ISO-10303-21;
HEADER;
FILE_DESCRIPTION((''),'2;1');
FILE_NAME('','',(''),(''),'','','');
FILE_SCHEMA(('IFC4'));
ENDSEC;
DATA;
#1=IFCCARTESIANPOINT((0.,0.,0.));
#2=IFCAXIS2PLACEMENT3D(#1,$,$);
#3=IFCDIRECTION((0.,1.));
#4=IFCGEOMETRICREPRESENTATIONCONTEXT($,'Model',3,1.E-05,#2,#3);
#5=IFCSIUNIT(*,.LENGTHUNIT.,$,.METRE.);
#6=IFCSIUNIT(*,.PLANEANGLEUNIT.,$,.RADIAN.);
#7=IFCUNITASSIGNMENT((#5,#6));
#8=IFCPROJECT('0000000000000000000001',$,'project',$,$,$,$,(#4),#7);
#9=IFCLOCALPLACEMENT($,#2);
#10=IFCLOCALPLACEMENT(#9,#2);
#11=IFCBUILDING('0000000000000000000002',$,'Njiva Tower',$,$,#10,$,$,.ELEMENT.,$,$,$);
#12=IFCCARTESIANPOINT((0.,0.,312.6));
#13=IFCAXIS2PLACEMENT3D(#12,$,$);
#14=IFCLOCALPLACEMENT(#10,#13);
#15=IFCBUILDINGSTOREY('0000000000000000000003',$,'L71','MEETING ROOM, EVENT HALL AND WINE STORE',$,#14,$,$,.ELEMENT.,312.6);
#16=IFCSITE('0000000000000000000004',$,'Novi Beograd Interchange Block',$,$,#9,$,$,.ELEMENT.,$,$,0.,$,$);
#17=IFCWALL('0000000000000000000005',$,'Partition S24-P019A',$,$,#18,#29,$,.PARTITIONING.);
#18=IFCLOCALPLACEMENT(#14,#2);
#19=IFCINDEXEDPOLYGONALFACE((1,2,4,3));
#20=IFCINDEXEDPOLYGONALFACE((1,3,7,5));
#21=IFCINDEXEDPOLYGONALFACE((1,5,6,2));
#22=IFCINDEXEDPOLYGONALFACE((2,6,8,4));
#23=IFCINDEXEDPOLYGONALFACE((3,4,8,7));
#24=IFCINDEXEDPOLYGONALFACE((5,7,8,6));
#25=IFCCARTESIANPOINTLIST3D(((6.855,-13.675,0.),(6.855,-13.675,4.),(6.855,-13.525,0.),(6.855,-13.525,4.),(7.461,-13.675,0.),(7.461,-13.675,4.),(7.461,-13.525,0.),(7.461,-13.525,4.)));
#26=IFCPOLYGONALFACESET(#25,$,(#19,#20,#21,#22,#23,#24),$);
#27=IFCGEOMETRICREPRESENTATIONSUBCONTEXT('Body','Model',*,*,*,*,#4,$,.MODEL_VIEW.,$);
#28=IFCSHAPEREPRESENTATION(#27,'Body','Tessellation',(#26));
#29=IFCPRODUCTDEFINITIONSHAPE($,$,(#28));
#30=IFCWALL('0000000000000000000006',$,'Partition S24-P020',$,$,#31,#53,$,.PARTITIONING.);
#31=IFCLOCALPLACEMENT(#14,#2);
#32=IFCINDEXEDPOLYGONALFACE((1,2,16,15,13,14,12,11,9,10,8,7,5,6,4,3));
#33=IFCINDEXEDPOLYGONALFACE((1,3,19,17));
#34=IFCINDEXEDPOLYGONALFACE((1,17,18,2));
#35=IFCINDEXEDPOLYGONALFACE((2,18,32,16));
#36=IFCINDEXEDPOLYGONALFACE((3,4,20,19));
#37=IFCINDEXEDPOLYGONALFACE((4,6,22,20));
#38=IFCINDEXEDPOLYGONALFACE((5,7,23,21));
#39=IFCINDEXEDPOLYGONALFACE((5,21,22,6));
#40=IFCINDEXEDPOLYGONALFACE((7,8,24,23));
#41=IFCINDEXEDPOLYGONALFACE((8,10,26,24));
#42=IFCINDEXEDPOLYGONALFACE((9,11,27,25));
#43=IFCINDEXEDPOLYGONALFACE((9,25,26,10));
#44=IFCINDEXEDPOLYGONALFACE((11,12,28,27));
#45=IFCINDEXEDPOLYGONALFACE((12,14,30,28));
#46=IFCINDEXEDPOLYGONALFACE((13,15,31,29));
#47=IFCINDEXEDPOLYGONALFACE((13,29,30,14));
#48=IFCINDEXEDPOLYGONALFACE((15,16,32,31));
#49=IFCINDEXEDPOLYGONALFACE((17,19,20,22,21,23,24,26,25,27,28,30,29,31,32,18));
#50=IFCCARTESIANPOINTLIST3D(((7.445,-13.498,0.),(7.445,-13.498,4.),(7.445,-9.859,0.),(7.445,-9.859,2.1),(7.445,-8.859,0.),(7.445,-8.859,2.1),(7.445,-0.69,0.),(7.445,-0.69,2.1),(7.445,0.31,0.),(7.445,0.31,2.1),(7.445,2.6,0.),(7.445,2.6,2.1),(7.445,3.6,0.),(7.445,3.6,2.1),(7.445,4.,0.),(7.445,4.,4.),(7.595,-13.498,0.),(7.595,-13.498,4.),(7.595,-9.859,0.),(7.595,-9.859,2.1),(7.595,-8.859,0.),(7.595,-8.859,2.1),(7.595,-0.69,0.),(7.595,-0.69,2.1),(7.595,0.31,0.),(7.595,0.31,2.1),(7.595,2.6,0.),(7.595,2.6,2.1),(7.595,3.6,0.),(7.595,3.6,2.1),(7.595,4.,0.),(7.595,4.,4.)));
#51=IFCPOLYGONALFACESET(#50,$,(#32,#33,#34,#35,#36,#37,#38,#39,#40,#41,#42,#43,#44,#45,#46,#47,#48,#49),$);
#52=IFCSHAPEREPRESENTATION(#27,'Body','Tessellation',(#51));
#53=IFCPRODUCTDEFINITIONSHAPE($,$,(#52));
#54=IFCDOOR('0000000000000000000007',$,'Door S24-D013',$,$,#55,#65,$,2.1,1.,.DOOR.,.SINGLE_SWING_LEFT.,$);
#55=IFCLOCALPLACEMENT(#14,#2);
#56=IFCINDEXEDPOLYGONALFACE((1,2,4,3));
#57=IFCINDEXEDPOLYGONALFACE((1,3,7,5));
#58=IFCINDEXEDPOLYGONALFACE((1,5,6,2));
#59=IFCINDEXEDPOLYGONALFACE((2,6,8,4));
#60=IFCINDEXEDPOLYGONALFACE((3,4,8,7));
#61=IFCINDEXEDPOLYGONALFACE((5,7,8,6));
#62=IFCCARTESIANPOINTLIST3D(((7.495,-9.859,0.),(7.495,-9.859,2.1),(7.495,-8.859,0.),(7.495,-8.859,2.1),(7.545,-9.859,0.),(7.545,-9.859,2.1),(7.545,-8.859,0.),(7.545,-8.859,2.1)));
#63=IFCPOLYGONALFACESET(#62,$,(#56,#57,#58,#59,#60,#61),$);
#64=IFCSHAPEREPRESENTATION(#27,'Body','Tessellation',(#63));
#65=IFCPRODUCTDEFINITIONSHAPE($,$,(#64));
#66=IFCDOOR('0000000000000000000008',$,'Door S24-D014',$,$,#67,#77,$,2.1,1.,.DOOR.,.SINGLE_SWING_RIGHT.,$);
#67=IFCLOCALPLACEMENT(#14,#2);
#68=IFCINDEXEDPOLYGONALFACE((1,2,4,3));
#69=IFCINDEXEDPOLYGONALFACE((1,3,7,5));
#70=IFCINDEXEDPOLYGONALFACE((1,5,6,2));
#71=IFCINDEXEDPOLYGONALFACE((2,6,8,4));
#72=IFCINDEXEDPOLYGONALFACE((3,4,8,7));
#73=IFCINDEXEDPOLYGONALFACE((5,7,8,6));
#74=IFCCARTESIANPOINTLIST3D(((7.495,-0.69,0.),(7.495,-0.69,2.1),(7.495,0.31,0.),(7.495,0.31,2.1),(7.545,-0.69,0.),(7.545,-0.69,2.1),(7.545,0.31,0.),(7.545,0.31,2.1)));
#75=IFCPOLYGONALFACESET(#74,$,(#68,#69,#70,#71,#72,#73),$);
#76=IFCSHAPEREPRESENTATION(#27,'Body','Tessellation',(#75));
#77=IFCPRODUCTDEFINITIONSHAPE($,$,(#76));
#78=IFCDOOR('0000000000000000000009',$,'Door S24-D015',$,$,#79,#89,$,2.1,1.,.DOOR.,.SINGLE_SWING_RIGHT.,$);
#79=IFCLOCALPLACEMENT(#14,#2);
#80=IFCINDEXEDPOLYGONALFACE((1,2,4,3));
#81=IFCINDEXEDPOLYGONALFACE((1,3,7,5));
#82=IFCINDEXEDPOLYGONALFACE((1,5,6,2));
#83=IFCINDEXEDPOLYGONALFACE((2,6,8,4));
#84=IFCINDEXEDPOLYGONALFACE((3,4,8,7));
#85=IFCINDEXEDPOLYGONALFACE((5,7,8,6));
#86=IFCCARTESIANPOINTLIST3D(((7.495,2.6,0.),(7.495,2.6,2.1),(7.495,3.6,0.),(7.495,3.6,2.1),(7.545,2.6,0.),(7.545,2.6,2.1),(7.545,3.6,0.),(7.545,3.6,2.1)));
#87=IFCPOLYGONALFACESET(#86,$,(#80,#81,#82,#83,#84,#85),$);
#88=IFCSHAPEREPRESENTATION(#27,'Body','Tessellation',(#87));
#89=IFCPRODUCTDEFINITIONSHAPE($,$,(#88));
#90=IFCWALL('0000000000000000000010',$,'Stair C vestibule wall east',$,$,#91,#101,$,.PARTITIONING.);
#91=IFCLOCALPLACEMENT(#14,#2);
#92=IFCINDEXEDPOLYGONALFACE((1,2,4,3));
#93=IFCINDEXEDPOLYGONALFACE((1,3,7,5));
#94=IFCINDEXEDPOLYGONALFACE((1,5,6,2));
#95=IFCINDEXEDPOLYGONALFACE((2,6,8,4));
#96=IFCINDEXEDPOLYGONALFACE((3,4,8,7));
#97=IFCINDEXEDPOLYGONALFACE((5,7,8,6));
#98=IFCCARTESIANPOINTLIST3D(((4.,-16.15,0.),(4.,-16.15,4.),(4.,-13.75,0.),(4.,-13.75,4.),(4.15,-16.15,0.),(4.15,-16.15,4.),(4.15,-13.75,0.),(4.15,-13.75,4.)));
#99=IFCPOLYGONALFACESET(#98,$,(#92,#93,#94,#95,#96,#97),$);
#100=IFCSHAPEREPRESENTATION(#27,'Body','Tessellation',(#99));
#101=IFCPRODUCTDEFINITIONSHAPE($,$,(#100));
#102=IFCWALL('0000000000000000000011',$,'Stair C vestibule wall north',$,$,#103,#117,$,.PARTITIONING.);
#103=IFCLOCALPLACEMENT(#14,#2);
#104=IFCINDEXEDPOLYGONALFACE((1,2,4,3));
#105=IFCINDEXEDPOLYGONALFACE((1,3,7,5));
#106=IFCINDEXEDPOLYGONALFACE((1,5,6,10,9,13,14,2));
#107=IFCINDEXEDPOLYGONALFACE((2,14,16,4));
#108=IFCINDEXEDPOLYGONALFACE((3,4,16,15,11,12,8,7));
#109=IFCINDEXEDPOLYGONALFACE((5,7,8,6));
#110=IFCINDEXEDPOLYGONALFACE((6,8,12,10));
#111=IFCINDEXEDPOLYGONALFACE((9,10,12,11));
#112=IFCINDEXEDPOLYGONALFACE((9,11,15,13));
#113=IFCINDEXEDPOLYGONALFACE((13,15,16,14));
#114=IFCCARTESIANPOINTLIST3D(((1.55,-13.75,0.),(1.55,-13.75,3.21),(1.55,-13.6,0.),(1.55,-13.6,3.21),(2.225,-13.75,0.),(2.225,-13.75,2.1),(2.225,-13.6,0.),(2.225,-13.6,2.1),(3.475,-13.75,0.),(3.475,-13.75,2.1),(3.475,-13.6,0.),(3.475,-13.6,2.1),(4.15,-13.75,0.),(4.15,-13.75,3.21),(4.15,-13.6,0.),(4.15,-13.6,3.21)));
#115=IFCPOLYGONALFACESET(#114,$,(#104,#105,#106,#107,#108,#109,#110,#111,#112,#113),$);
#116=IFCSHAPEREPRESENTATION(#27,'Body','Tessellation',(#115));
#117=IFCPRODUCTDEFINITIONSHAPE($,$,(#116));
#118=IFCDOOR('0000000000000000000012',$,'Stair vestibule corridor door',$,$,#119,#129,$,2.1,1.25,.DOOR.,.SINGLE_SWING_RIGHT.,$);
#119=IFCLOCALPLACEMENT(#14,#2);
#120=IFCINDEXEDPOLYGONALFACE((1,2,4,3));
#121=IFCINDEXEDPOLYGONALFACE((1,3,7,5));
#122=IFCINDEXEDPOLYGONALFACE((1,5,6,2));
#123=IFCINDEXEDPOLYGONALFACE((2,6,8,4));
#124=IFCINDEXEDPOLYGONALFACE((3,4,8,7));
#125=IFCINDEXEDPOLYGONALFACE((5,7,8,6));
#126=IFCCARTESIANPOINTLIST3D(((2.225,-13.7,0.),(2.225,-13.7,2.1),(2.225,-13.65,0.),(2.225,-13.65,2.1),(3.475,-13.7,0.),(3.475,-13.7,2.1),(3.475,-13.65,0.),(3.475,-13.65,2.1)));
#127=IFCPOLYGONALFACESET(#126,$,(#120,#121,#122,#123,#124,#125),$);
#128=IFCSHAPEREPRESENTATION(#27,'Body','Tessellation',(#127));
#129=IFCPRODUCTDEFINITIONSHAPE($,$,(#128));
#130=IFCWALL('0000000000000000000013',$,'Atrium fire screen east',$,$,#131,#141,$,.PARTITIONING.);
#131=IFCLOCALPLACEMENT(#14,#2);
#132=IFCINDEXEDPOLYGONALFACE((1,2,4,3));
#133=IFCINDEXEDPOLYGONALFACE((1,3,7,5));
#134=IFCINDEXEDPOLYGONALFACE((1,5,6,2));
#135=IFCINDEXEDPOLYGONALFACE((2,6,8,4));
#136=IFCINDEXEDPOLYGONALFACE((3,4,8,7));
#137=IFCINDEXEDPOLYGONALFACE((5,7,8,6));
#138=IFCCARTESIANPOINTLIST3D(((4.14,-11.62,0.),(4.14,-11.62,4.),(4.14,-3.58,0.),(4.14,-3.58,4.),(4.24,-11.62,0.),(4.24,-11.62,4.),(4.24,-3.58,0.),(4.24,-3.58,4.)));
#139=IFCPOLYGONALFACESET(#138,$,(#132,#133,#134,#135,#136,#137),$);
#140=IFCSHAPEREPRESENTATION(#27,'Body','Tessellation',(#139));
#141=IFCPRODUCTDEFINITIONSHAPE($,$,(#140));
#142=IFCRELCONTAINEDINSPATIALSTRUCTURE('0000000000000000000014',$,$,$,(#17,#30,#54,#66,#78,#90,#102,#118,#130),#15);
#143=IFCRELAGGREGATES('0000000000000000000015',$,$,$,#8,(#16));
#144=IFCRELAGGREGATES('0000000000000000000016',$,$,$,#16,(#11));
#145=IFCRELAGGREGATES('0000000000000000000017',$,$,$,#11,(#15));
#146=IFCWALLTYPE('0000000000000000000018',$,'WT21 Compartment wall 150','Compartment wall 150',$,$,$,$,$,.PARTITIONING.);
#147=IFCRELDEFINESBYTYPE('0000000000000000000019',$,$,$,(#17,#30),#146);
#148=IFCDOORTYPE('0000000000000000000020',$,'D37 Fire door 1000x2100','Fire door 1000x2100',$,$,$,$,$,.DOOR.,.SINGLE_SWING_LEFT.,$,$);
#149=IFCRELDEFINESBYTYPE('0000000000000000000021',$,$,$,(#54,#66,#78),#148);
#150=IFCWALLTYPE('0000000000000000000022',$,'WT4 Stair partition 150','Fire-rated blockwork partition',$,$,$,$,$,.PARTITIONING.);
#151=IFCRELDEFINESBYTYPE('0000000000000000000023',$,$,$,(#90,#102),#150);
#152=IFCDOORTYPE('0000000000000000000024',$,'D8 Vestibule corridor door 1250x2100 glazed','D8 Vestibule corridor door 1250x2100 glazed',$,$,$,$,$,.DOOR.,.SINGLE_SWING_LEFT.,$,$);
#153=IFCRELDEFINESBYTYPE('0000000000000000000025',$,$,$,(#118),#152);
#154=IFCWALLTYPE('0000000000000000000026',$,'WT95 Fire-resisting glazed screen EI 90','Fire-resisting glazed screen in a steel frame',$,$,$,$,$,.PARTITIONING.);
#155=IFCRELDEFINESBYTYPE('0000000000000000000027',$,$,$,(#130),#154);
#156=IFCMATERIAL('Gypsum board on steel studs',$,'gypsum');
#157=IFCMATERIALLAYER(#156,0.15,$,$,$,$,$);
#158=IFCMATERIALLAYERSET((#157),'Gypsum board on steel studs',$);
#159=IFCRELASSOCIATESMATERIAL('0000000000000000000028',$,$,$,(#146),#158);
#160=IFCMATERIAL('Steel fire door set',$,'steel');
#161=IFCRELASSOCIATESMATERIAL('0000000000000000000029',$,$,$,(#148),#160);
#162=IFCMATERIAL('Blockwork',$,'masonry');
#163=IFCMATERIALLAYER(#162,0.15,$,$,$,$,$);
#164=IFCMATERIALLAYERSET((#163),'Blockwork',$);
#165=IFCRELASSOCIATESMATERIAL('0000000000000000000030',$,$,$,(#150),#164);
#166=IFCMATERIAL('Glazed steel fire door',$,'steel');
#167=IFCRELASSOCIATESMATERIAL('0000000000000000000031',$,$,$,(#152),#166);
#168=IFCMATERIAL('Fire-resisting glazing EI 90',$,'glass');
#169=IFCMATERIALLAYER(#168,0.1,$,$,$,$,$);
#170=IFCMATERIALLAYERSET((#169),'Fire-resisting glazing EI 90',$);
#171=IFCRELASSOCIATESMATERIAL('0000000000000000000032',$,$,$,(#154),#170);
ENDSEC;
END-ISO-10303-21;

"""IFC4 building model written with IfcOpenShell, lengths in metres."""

from ifc_helpers import new_model, si_unit, direction, frame, frame_2d, origin, place, context, subcontext, project, spatial, rectangle, extrude, material, layer, layer_set, type_object, element, fill, save


model = new_model("IFC4")

# Units and contexts
model_context = context("Model", 3, precision=1e-05, world=origin(), true_north=direction((0.0, 1.0)))
body_context = subcontext(model_context, "Body", "Model", "MODEL_VIEW")
ifc_project = project(units=[si_unit("LENGTHUNIT", "METRE"), si_unit("PLANEANGLEUNIT", "RADIAN")], contexts=[model_context])

# Site, building, storey
site_placement = place(None, origin())
site = spatial("IfcSite", under=ifc_project, at=site_placement, Name="Novi Beograd Interchange Block", CompositionType="ELEMENT", RefElevation=0.0)
building_placement = place(site_placement, origin())
building = spatial("IfcBuilding", under=site, at=building_placement, Name="Njiva Tower", CompositionType="ELEMENT")
storey_placement = place(building_placement, frame((0.0, 0.0, 312.6)))
storey = spatial("IfcBuildingStorey", under=building, at=storey_placement, Name="L71", Description="MEETING ROOM, EVENT HALL AND WINE STORE", CompositionType="ELEMENT", Elevation=312.6)

# Shared definitions
ifc_material_1 = material(Name="Gypsum board on steel studs", Category="gypsum")
ifc_layer_1 = layer(ifc_material_1, 0.15)
ifc_layer_set_1 = layer_set([ifc_layer_1], Name="Gypsum board on steel studs")
wall_type_1 = type_object("IfcWallType", Name="WT21 Compartment wall 150", Description="Compartment wall 150", PredefinedType="PARTITIONING", material=ifc_layer_set_1)
ifc_material_2 = material(Name="Steel fire door set", Category="steel")
door_type_1 = type_object("IfcDoorType", Name="D37 Fire door 1000x2100", Description="Fire door 1000x2100", OperationType="SINGLE_SWING_LEFT", PredefinedType="DOOR", material=ifc_material_2)

# Wall
wall_1_placement = place(storey_placement, frame((6.855, -13.6, 0.0), z_axis=(0.0, 0.0, 1.0), x_axis=(1.0, 0.0, 0.0)))
element("IfcWall", 1, at=wall_1_placement, inside=storey, type_object=wall_type_1, Name="Partition S24-P019A", PredefinedType="PARTITIONING", context=body_context, shape_type="SweptSolid", body=[
    extrude(rectangle(XDim=0.606, YDim=0.15, at=frame_2d((0.303, 0.0))), origin(), (0.0, 0.0, 1.0), 4.0),
])

# Wall, openings, doors
wall_2_placement = place(storey_placement, frame((7.52, -13.498, 0.0), z_axis=(0.0, 0.0, 1.0), x_axis=(0.0, 1.0, 0.0)))
wall_2 = element("IfcWall", 2, at=wall_2_placement, inside=storey, type_object=wall_type_1, Name="Partition S24-P020", PredefinedType="PARTITIONING", context=body_context, shape_type="SweptSolid", body=[
    extrude(rectangle(XDim=17.498, YDim=0.15, at=frame_2d((8.749, 0.0))), origin(), (0.0, 0.0, 1.0), 4.0),
])
opening_1_placement = place(wall_2_placement, frame((3.639, 0.0, 0.0)))
opening_1 = element("IfcOpeningElement", 3, at=opening_1_placement, cuts=wall_2, PredefinedType="OPENING", context=body_context, shape_type="SweptSolid", body=[
    extrude(rectangle(XDim=1.0, YDim=2.1, at=frame_2d((0.5, 1.05))), frame((0.0, 0.085, 0.0), z_axis=(0.0, -1.0, 0.0), x_axis=(1.0, 0.0, 0.0)), (0.0, 0.0, 1.0), 0.17),
])
opening_2_placement = place(wall_2_placement, frame((12.808, 0.0, 0.0)))
opening_2 = element("IfcOpeningElement", 4, at=opening_2_placement, cuts=wall_2, PredefinedType="OPENING", context=body_context, shape_type="SweptSolid", body=[
    extrude(rectangle(XDim=1.0, YDim=2.1, at=frame_2d((0.5, 1.05))), frame((0.0, 0.085, 0.0), z_axis=(0.0, -1.0, 0.0), x_axis=(1.0, 0.0, 0.0)), (0.0, 0.0, 1.0), 0.17),
])
opening_3_placement = place(wall_2_placement, frame((16.098, 0.0, 0.0)))
opening_3 = element("IfcOpeningElement", 5, at=opening_3_placement, cuts=wall_2, PredefinedType="OPENING", context=body_context, shape_type="SweptSolid", body=[
    extrude(rectangle(XDim=1.0, YDim=2.1, at=frame_2d((0.5, 1.05))), frame((0.0, 0.085, 0.0), z_axis=(0.0, -1.0, 0.0), x_axis=(1.0, 0.0, 0.0)), (0.0, 0.0, 1.0), 0.17),
])
door_1_placement = place(opening_1_placement, origin())
door_1 = element("IfcDoor", 6, at=door_1_placement, inside=storey, type_object=door_type_1, Name="Door S24-D013", OperationType="SINGLE_SWING_LEFT", OverallHeight=2.1, OverallWidth=1.0, PredefinedType="DOOR", context=body_context, shape_type="SweptSolid", body=[
    extrude(rectangle(XDim=1.0, YDim=2.1, at=frame_2d((0.5, 1.05))), frame((0.0, 0.025, 0.0), z_axis=(0.0, -1.0, 0.0), x_axis=(1.0, 0.0, 0.0)), (0.0, 0.0, 1.0), 0.05),
])
fill(opening_1, door_1)
door_2_placement = place(opening_2_placement, origin())
door_2 = element("IfcDoor", 7, at=door_2_placement, inside=storey, type_object=door_type_1, Name="Door S24-D014", OperationType="SINGLE_SWING_RIGHT", OverallHeight=2.1, OverallWidth=1.0, PredefinedType="DOOR", context=body_context, shape_type="SweptSolid", body=[
    extrude(rectangle(XDim=1.0, YDim=2.1, at=frame_2d((0.5, 1.05))), frame((0.0, 0.025, 0.0), z_axis=(0.0, -1.0, 0.0), x_axis=(1.0, 0.0, 0.0)), (0.0, 0.0, 1.0), 0.05),
])
fill(opening_2, door_2)
door_3_placement = place(opening_3_placement, origin())
door_3 = element("IfcDoor", 8, at=door_3_placement, inside=storey, type_object=door_type_1, Name="Door S24-D015", OperationType="SINGLE_SWING_RIGHT", OverallHeight=2.1, OverallWidth=1.0, PredefinedType="DOOR", context=body_context, shape_type="SweptSolid", body=[
    extrude(rectangle(XDim=1.0, YDim=2.1, at=frame_2d((0.5, 1.05))), frame((0.0, 0.025, 0.0), z_axis=(0.0, -1.0, 0.0), x_axis=(1.0, 0.0, 0.0)), (0.0, 0.0, 1.0), 0.05),
])
fill(opening_3, door_3)

# Wall
ifc_material_3 = material(Name="Blockwork", Category="masonry")
ifc_layer_2 = layer(ifc_material_3, 0.15)
ifc_layer_set_2 = layer_set([ifc_layer_2], Name="Blockwork")
wall_type_2 = type_object("IfcWallType", Name="WT4 Stair partition 150", Description="Fire-rated blockwork partition", PredefinedType="PARTITIONING", material=ifc_layer_set_2)
wall_3_placement = place(storey_placement, frame((4.075, -16.15, 0.0), z_axis=(0.0, 0.0, 1.0), x_axis=(0.0, 1.0, 0.0)))
element("IfcWall", 9, at=wall_3_placement, inside=storey, type_object=wall_type_2, Name="Stair C vestibule wall east", PredefinedType="PARTITIONING", context=body_context, shape_type="SweptSolid", body=[
    extrude(rectangle(XDim=2.4, YDim=0.15, at=frame_2d((1.2, 0.0))), origin(), (0.0, 0.0, 1.0), 4.0),
])

# Wall, opening, door
wall_4_placement = place(storey_placement, frame((1.55, -13.675, 0.0), z_axis=(0.0, 0.0, 1.0), x_axis=(1.0, 0.0, 0.0)))
wall_4 = element("IfcWall", 10, at=wall_4_placement, inside=storey, type_object=wall_type_2, Name="Stair C vestibule wall north", PredefinedType="PARTITIONING", context=body_context, shape_type="SweptSolid", body=[
    extrude(rectangle(XDim=2.6, YDim=0.15, at=frame_2d((1.3, 0.0))), origin(), (0.0, 0.0, 1.0), 3.21),
])
opening_4_placement = place(wall_4_placement, frame((0.675, 0.0, 0.0)))
opening_4 = element("IfcOpeningElement", 11, at=opening_4_placement, cuts=wall_4, PredefinedType="OPENING", context=body_context, shape_type="SweptSolid", body=[
    extrude(rectangle(XDim=1.25, YDim=2.1, at=frame_2d((0.625, 1.05))), frame((0.0, 0.085, 0.0), z_axis=(0.0, -1.0, 0.0), x_axis=(1.0, 0.0, 0.0)), (0.0, 0.0, 1.0), 0.17),
])
ifc_material_4 = material(Name="Glazed steel fire door", Category="steel")
door_type_2 = type_object("IfcDoorType", Name="D8 Vestibule corridor door 1250x2100 glazed", Description="D8 Vestibule corridor door 1250x2100 glazed", OperationType="SINGLE_SWING_LEFT", PredefinedType="DOOR", material=ifc_material_4)
door_4_placement = place(opening_4_placement, origin())
door_4 = element("IfcDoor", 12, at=door_4_placement, inside=storey, type_object=door_type_2, Name="Stair vestibule corridor door", OperationType="SINGLE_SWING_RIGHT", OverallHeight=2.1, OverallWidth=1.25, PredefinedType="DOOR", context=body_context, shape_type="SweptSolid", body=[
    extrude(rectangle(XDim=1.25, YDim=2.1, at=frame_2d((0.625, 1.05))), frame((0.0, 0.025, 0.0), z_axis=(0.0, -1.0, 0.0), x_axis=(1.0, 0.0, 0.0)), (0.0, 0.0, 1.0), 0.05),
])
fill(opening_4, door_4)

# Wall
ifc_material_5 = material(Name="Fire-resisting glazing EI 90", Category="glass")
ifc_layer_3 = layer(ifc_material_5, 0.1)
ifc_layer_set_3 = layer_set([ifc_layer_3], Name="Fire-resisting glazing EI 90")
wall_type_3 = type_object("IfcWallType", Name="WT95 Fire-resisting glazed screen EI 90", Description="Fire-resisting glazed screen in a steel frame", PredefinedType="PARTITIONING", material=ifc_layer_set_3)
wall_5_placement = place(storey_placement, frame((4.19, -11.62, 0.0), z_axis=(0.0, 0.0, 1.0), x_axis=(0.0, 1.0, 0.0)))
element("IfcWall", 13, at=wall_5_placement, inside=storey, type_object=wall_type_3, Name="Atrium fire screen east", PredefinedType="PARTITIONING", context=body_context, shape_type="SweptSolid", body=[
    extrude(rectangle(XDim=8.04, YDim=0.1, at=frame_2d((4.02, 0.0))), origin(), (0.0, 0.0, 1.0), 4.0),
])

save(model, "model.ifc")
